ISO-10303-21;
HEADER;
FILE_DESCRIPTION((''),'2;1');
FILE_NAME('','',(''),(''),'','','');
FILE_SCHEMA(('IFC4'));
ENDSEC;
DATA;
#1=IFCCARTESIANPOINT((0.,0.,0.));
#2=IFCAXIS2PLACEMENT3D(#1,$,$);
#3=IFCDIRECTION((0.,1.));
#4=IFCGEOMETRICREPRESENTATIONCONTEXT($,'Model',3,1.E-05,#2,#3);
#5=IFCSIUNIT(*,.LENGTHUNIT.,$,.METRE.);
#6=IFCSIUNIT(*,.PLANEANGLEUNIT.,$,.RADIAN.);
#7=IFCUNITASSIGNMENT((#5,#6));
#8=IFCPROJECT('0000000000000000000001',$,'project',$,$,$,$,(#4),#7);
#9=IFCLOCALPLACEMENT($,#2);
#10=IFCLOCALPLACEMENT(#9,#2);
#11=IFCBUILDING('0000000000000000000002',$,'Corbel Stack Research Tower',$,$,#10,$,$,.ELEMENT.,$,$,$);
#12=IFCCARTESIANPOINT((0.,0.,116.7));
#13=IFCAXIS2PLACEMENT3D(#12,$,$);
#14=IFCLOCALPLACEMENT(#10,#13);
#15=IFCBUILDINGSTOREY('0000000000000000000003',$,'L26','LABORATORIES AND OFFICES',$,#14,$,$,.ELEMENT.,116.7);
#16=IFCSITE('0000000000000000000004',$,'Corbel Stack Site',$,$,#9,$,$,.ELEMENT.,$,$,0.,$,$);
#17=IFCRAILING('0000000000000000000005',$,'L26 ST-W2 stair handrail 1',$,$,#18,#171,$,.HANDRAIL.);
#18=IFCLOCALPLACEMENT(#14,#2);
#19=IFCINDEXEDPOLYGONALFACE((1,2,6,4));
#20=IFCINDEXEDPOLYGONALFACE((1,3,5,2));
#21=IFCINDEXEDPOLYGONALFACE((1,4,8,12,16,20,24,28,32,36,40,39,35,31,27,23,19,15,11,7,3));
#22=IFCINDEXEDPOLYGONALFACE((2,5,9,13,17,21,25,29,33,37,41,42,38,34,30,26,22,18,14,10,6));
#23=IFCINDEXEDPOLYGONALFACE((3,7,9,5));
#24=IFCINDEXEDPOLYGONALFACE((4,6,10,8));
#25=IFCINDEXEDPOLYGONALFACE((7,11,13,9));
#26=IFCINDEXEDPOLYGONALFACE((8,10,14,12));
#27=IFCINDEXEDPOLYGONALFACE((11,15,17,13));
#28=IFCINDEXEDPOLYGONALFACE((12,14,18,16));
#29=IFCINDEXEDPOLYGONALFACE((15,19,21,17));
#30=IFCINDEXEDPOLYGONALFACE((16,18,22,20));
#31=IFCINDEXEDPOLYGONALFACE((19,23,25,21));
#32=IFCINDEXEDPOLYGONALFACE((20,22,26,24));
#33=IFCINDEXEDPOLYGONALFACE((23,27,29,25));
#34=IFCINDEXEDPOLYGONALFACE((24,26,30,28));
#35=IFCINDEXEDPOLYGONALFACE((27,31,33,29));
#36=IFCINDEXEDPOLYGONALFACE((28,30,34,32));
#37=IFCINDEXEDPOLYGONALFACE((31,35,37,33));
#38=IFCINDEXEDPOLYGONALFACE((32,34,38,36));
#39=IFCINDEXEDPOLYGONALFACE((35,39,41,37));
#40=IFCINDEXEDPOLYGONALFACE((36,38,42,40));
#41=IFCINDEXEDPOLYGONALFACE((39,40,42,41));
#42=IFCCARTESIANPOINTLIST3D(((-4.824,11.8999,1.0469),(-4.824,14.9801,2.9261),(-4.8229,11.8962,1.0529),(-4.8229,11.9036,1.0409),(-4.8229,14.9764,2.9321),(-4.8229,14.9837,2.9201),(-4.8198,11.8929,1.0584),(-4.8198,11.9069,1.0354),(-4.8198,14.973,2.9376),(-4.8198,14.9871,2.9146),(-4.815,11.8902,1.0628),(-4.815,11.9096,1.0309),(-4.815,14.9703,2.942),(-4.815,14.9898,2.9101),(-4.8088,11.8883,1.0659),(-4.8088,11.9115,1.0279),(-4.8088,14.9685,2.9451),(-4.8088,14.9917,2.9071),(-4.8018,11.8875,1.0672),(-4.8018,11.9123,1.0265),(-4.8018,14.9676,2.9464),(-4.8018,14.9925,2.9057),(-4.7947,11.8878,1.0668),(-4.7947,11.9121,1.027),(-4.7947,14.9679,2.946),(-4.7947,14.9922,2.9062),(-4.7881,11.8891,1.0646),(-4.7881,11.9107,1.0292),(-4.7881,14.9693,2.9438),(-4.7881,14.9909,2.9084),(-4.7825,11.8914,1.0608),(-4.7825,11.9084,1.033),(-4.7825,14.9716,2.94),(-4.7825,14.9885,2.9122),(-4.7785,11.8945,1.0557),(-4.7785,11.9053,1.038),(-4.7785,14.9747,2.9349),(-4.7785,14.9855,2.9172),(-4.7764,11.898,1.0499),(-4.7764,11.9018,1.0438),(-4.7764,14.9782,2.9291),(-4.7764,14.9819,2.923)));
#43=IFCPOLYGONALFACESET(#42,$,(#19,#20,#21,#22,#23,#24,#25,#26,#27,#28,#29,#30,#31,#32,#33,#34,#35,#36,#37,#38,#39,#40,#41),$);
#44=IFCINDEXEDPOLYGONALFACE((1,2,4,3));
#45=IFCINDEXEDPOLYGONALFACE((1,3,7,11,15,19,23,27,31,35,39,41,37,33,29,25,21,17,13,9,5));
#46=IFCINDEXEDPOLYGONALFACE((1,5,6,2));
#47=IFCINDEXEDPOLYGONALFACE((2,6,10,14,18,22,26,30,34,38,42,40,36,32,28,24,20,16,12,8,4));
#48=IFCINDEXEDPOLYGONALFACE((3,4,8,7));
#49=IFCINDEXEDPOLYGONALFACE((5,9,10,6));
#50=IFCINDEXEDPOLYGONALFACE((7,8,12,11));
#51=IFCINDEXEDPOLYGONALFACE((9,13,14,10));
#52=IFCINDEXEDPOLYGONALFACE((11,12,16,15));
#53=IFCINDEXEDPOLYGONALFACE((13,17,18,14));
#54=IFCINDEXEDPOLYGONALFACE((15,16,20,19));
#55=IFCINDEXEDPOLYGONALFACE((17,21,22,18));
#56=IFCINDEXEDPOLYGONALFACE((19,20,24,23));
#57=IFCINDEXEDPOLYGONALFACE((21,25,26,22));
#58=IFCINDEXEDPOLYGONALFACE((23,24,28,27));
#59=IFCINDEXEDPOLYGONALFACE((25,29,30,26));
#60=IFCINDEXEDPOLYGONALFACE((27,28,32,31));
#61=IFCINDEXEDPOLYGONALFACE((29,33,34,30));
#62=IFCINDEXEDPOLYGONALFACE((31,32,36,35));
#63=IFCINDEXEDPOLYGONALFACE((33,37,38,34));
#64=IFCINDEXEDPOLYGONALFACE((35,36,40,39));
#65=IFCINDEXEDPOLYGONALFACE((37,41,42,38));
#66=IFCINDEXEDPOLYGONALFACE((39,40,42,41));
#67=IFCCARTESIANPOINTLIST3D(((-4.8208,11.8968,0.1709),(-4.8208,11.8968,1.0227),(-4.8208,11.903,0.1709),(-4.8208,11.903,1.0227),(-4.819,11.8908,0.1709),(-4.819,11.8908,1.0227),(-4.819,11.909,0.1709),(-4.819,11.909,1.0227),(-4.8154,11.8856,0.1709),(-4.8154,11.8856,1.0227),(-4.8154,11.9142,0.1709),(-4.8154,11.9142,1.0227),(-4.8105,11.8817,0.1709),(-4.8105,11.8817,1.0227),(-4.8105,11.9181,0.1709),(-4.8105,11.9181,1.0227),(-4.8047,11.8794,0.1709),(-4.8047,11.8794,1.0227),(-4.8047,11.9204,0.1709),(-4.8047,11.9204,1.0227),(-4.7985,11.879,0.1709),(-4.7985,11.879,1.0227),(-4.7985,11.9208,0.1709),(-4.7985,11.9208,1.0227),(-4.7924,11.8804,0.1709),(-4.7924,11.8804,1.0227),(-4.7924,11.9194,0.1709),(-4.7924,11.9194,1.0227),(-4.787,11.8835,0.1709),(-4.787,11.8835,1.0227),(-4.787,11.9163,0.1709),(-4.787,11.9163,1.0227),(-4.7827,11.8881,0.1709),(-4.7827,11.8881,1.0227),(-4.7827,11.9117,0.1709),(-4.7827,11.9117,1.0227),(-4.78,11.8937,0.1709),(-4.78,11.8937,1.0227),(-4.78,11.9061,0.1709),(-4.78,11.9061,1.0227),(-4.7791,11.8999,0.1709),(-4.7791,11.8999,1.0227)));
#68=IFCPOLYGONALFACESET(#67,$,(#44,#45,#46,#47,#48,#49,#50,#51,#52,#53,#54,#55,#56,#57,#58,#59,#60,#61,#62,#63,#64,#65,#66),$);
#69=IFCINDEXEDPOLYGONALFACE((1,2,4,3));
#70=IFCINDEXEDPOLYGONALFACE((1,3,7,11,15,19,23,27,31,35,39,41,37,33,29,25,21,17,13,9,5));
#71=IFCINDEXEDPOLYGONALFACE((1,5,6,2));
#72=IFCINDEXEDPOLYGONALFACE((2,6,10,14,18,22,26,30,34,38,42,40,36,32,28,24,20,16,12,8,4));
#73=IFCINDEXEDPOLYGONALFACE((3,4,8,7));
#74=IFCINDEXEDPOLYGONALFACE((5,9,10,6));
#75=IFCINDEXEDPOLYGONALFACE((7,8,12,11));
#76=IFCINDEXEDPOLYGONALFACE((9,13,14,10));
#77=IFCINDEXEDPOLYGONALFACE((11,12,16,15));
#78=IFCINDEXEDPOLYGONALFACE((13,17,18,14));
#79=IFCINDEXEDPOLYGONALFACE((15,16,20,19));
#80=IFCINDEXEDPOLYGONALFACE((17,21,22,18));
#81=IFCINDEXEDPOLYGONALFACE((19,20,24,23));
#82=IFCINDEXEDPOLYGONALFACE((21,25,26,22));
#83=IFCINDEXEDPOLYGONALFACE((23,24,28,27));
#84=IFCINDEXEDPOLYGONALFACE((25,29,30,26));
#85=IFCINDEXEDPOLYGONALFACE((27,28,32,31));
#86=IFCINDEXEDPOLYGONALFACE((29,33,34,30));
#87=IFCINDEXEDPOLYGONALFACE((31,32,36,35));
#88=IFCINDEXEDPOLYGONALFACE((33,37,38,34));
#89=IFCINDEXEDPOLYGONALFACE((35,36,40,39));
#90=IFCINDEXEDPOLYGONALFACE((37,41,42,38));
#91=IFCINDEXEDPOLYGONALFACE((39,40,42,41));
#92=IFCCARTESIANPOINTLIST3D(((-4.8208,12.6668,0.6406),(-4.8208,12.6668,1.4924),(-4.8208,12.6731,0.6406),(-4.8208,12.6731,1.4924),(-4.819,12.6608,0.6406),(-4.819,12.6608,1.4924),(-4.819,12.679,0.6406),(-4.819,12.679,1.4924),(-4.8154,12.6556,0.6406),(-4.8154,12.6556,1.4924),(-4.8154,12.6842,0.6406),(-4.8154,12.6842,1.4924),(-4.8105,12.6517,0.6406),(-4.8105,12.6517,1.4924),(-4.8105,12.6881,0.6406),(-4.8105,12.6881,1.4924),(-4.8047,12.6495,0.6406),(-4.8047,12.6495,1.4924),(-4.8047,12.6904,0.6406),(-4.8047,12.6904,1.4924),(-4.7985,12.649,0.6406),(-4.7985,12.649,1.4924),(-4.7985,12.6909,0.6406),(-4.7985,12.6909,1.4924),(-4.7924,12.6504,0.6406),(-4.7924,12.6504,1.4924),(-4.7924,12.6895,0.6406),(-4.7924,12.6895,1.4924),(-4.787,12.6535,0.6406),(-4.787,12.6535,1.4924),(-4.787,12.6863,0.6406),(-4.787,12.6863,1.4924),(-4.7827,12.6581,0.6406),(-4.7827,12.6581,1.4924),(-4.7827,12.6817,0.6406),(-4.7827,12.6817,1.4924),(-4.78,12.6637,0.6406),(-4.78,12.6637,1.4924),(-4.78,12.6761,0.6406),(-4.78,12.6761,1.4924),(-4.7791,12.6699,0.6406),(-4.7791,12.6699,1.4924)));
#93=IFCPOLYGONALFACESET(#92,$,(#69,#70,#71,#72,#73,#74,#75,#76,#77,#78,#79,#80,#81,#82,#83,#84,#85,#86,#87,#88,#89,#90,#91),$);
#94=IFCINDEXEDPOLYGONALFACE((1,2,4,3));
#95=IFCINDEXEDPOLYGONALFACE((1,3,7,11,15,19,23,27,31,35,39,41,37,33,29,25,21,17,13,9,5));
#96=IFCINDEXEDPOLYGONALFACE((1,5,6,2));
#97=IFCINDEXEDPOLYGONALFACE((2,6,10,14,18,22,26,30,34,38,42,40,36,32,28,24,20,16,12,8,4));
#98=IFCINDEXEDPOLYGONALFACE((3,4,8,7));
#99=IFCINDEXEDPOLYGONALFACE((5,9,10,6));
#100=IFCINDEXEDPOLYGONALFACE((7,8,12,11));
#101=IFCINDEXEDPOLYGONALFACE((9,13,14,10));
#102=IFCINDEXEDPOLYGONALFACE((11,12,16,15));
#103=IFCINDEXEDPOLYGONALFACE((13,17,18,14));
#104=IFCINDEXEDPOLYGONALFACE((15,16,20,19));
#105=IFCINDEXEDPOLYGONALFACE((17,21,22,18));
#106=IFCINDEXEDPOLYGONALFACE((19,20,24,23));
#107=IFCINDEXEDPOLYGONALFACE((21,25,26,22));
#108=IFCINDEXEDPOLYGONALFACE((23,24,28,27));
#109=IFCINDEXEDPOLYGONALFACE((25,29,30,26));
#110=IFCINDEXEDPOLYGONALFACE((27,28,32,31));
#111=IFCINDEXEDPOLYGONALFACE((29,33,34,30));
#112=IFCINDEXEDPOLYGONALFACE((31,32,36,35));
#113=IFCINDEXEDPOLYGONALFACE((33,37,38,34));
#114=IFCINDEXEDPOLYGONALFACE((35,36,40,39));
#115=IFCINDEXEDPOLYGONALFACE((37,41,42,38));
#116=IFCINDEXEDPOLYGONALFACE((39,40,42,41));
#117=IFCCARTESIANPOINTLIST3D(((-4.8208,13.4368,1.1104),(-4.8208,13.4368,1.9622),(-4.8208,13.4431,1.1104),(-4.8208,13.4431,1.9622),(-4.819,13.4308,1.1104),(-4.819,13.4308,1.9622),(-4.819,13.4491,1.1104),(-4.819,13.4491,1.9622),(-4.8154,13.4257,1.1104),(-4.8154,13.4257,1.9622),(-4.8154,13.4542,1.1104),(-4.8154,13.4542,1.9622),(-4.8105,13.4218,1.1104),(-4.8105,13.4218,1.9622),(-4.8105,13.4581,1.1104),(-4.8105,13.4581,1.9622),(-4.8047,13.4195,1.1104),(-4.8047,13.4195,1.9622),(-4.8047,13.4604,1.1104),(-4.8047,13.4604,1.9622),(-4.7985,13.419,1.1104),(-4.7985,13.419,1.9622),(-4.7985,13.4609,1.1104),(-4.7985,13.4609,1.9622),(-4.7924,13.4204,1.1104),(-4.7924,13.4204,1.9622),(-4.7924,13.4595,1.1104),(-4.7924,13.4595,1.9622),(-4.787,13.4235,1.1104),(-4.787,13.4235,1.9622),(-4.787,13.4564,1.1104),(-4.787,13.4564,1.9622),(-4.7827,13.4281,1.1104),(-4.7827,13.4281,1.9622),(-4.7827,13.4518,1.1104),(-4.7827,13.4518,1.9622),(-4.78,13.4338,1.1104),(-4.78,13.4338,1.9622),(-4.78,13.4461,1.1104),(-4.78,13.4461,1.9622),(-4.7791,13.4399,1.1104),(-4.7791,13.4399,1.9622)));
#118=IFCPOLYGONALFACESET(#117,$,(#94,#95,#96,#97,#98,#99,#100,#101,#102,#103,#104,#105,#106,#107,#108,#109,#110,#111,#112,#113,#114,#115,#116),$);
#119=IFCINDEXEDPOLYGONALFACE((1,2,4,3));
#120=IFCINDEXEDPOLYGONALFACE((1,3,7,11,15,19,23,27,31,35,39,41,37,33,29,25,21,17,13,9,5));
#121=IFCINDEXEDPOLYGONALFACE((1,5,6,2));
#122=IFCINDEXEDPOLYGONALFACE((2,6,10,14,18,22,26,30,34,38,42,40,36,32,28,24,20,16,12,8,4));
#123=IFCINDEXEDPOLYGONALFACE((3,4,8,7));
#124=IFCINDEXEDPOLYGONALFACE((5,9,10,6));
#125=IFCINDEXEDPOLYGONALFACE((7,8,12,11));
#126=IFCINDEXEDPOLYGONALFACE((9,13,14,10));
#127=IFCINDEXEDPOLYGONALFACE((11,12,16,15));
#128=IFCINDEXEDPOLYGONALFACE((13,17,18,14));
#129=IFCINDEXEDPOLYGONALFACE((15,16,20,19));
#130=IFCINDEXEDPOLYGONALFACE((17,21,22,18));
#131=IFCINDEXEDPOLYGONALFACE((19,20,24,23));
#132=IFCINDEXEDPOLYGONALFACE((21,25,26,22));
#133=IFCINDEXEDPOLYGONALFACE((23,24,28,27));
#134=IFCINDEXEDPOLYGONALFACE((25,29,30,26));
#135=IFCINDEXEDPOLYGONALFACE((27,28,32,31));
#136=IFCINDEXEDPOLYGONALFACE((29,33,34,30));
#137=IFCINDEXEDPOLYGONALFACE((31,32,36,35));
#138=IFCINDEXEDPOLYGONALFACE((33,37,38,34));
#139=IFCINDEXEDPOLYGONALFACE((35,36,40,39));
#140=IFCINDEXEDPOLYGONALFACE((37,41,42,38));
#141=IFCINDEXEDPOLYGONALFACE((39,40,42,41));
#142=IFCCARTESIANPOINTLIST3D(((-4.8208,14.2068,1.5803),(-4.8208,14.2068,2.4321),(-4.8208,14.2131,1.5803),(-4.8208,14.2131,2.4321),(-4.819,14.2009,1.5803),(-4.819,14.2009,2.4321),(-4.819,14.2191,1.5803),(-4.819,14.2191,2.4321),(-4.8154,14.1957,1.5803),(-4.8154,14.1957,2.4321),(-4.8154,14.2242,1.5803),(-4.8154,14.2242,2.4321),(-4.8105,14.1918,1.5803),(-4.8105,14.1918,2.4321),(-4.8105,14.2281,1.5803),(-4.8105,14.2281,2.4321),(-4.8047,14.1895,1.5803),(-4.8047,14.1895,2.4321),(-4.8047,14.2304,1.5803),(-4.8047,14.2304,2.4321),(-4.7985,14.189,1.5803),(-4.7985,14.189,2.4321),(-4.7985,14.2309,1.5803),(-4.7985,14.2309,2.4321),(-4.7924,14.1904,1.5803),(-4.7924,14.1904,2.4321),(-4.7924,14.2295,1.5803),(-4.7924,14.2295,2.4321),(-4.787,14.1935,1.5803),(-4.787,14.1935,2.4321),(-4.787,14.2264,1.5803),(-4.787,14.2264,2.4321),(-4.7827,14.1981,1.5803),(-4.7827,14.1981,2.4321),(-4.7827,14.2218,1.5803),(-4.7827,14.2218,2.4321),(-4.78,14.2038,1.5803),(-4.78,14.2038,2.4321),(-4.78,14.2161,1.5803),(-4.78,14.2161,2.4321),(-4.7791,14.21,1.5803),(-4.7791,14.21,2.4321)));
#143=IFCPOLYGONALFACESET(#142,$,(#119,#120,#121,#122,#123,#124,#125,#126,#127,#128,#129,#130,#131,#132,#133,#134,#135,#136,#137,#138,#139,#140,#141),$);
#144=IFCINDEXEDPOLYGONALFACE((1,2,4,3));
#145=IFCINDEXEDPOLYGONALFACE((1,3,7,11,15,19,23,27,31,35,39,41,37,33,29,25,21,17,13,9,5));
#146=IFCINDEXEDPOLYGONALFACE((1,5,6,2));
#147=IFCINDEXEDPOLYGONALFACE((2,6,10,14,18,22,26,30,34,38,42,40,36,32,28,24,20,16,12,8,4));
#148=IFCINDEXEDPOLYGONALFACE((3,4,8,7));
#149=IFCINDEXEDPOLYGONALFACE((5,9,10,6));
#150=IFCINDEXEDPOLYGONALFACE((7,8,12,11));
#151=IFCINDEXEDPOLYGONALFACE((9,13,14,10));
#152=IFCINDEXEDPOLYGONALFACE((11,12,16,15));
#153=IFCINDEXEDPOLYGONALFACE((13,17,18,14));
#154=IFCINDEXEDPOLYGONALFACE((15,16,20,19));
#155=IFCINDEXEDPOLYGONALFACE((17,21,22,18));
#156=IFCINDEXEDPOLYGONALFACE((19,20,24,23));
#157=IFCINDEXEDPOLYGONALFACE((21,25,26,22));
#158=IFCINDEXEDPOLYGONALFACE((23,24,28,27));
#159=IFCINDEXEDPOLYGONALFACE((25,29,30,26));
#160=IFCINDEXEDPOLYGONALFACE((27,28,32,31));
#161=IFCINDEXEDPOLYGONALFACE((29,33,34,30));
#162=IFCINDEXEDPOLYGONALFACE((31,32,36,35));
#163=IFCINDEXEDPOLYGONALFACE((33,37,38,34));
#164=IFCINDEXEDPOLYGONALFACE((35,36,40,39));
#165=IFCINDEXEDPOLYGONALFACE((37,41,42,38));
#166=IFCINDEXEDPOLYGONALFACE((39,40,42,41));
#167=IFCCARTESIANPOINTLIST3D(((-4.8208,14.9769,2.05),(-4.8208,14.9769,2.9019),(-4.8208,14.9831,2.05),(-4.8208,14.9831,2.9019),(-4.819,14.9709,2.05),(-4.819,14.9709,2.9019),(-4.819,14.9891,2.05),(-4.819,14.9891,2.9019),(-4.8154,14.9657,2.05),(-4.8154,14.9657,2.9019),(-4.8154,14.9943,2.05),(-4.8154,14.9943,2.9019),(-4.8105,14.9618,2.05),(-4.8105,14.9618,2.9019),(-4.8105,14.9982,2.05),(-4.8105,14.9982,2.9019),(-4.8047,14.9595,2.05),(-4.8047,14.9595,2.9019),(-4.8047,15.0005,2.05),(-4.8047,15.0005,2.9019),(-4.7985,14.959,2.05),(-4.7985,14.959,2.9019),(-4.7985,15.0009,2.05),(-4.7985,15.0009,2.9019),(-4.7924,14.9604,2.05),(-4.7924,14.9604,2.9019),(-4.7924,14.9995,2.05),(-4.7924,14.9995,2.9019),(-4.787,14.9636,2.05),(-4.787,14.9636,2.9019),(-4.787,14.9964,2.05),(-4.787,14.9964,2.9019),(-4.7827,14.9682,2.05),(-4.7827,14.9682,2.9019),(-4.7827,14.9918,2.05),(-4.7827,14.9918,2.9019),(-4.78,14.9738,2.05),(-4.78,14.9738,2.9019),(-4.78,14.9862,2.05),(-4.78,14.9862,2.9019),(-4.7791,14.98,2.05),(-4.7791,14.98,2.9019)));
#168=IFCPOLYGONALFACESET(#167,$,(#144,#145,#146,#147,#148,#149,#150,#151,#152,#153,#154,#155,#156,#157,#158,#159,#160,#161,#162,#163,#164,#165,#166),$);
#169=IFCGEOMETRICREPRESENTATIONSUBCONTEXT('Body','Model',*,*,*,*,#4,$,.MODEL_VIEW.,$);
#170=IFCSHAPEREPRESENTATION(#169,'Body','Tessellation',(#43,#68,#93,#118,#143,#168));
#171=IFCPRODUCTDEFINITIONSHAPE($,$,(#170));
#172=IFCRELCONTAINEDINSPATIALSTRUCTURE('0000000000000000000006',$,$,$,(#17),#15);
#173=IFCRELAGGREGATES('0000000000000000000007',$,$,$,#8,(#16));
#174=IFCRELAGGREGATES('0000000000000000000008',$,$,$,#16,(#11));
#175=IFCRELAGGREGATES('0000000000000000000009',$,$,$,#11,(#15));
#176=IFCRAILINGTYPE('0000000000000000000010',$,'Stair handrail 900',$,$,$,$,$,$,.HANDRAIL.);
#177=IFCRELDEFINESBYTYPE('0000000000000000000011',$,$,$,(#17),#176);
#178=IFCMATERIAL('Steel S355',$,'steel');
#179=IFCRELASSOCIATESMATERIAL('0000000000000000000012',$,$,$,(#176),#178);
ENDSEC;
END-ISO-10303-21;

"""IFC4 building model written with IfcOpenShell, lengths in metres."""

from ifc_helpers import new_model, si_unit, direction, frame, origin, origin_2d, place, context, subcontext, project, spatial, circle, extrude, material, type_object, element, save


model = new_model("IFC4")

# Units and contexts
model_context = context("Model", 3, precision=1e-05, world=origin(), true_north=direction((0.0, 1.0)))
body_context = subcontext(model_context, "Body", "Model", "MODEL_VIEW")
ifc_project = project(units=[si_unit("LENGTHUNIT", "METRE"), si_unit("PLANEANGLEUNIT", "RADIAN")], contexts=[model_context])

# Site, building, storey
site_placement = place(None, origin())
site = spatial("IfcSite", under=ifc_project, at=site_placement, Name="Corbel Stack Site", CompositionType="ELEMENT", RefElevation=0.0)
building_placement = place(site_placement, origin())
building = spatial("IfcBuilding", under=site, at=building_placement, Name="Corbel Stack Research Tower", CompositionType="ELEMENT")
storey_placement = place(building_placement, frame((0.0, 0.0, 116.7)))
storey = spatial("IfcBuildingStorey", under=building, at=storey_placement, Name="L26", Description="LABORATORIES AND OFFICES", CompositionType="ELEMENT", Elevation=116.7)

# Railing
ifc_material_1 = material(Name="Steel S355", Category="steel")
railing_type_1 = type_object("IfcRailingType", Name="Stair handrail 900", PredefinedType="HANDRAIL", material=ifc_material_1)
railing_1_placement = place(storey_placement, frame((-4.8, 11.8999, 0.1709)))
element("IfcRailing", 1, at=railing_1_placement, inside=storey, type_object=railing_type_1, Name="L26 ST-W2 stair handrail 1", PredefinedType="HANDRAIL", context=body_context, shape_type="SweptSolid", body=[
    extrude(circle(Radius=0.0239, at=origin_2d()), frame((0.0, 0.0, 0.876), z_axis=(0.0, 0.853666, 0.52082), x_axis=(-1.0, 0.0, 0.0)), (0.0, 0.0, 1.0), 3.6082),
    extrude(circle(Radius=0.021, at=origin_2d()), origin(), (0.0, 0.0, 1.0), 0.8518),
    extrude(circle(Radius=0.021, at=origin_2d()), frame((0.0, 0.77, 0.4697)), (0.0, 0.0, 1.0), 0.8518),
    extrude(circle(Radius=0.021, at=origin_2d()), frame((0.0, 1.54, 0.9395)), (0.0, 0.0, 1.0), 0.8518),
    extrude(circle(Radius=0.021, at=origin_2d()), frame((0.0, 2.3101, 1.4094)), (0.0, 0.0, 1.0), 0.8518),
    extrude(circle(Radius=0.021, at=origin_2d()), frame((0.0, 3.0801, 1.8792)), (0.0, 0.0, 1.0), 0.8518),
])

save(model, "model.ifc")
